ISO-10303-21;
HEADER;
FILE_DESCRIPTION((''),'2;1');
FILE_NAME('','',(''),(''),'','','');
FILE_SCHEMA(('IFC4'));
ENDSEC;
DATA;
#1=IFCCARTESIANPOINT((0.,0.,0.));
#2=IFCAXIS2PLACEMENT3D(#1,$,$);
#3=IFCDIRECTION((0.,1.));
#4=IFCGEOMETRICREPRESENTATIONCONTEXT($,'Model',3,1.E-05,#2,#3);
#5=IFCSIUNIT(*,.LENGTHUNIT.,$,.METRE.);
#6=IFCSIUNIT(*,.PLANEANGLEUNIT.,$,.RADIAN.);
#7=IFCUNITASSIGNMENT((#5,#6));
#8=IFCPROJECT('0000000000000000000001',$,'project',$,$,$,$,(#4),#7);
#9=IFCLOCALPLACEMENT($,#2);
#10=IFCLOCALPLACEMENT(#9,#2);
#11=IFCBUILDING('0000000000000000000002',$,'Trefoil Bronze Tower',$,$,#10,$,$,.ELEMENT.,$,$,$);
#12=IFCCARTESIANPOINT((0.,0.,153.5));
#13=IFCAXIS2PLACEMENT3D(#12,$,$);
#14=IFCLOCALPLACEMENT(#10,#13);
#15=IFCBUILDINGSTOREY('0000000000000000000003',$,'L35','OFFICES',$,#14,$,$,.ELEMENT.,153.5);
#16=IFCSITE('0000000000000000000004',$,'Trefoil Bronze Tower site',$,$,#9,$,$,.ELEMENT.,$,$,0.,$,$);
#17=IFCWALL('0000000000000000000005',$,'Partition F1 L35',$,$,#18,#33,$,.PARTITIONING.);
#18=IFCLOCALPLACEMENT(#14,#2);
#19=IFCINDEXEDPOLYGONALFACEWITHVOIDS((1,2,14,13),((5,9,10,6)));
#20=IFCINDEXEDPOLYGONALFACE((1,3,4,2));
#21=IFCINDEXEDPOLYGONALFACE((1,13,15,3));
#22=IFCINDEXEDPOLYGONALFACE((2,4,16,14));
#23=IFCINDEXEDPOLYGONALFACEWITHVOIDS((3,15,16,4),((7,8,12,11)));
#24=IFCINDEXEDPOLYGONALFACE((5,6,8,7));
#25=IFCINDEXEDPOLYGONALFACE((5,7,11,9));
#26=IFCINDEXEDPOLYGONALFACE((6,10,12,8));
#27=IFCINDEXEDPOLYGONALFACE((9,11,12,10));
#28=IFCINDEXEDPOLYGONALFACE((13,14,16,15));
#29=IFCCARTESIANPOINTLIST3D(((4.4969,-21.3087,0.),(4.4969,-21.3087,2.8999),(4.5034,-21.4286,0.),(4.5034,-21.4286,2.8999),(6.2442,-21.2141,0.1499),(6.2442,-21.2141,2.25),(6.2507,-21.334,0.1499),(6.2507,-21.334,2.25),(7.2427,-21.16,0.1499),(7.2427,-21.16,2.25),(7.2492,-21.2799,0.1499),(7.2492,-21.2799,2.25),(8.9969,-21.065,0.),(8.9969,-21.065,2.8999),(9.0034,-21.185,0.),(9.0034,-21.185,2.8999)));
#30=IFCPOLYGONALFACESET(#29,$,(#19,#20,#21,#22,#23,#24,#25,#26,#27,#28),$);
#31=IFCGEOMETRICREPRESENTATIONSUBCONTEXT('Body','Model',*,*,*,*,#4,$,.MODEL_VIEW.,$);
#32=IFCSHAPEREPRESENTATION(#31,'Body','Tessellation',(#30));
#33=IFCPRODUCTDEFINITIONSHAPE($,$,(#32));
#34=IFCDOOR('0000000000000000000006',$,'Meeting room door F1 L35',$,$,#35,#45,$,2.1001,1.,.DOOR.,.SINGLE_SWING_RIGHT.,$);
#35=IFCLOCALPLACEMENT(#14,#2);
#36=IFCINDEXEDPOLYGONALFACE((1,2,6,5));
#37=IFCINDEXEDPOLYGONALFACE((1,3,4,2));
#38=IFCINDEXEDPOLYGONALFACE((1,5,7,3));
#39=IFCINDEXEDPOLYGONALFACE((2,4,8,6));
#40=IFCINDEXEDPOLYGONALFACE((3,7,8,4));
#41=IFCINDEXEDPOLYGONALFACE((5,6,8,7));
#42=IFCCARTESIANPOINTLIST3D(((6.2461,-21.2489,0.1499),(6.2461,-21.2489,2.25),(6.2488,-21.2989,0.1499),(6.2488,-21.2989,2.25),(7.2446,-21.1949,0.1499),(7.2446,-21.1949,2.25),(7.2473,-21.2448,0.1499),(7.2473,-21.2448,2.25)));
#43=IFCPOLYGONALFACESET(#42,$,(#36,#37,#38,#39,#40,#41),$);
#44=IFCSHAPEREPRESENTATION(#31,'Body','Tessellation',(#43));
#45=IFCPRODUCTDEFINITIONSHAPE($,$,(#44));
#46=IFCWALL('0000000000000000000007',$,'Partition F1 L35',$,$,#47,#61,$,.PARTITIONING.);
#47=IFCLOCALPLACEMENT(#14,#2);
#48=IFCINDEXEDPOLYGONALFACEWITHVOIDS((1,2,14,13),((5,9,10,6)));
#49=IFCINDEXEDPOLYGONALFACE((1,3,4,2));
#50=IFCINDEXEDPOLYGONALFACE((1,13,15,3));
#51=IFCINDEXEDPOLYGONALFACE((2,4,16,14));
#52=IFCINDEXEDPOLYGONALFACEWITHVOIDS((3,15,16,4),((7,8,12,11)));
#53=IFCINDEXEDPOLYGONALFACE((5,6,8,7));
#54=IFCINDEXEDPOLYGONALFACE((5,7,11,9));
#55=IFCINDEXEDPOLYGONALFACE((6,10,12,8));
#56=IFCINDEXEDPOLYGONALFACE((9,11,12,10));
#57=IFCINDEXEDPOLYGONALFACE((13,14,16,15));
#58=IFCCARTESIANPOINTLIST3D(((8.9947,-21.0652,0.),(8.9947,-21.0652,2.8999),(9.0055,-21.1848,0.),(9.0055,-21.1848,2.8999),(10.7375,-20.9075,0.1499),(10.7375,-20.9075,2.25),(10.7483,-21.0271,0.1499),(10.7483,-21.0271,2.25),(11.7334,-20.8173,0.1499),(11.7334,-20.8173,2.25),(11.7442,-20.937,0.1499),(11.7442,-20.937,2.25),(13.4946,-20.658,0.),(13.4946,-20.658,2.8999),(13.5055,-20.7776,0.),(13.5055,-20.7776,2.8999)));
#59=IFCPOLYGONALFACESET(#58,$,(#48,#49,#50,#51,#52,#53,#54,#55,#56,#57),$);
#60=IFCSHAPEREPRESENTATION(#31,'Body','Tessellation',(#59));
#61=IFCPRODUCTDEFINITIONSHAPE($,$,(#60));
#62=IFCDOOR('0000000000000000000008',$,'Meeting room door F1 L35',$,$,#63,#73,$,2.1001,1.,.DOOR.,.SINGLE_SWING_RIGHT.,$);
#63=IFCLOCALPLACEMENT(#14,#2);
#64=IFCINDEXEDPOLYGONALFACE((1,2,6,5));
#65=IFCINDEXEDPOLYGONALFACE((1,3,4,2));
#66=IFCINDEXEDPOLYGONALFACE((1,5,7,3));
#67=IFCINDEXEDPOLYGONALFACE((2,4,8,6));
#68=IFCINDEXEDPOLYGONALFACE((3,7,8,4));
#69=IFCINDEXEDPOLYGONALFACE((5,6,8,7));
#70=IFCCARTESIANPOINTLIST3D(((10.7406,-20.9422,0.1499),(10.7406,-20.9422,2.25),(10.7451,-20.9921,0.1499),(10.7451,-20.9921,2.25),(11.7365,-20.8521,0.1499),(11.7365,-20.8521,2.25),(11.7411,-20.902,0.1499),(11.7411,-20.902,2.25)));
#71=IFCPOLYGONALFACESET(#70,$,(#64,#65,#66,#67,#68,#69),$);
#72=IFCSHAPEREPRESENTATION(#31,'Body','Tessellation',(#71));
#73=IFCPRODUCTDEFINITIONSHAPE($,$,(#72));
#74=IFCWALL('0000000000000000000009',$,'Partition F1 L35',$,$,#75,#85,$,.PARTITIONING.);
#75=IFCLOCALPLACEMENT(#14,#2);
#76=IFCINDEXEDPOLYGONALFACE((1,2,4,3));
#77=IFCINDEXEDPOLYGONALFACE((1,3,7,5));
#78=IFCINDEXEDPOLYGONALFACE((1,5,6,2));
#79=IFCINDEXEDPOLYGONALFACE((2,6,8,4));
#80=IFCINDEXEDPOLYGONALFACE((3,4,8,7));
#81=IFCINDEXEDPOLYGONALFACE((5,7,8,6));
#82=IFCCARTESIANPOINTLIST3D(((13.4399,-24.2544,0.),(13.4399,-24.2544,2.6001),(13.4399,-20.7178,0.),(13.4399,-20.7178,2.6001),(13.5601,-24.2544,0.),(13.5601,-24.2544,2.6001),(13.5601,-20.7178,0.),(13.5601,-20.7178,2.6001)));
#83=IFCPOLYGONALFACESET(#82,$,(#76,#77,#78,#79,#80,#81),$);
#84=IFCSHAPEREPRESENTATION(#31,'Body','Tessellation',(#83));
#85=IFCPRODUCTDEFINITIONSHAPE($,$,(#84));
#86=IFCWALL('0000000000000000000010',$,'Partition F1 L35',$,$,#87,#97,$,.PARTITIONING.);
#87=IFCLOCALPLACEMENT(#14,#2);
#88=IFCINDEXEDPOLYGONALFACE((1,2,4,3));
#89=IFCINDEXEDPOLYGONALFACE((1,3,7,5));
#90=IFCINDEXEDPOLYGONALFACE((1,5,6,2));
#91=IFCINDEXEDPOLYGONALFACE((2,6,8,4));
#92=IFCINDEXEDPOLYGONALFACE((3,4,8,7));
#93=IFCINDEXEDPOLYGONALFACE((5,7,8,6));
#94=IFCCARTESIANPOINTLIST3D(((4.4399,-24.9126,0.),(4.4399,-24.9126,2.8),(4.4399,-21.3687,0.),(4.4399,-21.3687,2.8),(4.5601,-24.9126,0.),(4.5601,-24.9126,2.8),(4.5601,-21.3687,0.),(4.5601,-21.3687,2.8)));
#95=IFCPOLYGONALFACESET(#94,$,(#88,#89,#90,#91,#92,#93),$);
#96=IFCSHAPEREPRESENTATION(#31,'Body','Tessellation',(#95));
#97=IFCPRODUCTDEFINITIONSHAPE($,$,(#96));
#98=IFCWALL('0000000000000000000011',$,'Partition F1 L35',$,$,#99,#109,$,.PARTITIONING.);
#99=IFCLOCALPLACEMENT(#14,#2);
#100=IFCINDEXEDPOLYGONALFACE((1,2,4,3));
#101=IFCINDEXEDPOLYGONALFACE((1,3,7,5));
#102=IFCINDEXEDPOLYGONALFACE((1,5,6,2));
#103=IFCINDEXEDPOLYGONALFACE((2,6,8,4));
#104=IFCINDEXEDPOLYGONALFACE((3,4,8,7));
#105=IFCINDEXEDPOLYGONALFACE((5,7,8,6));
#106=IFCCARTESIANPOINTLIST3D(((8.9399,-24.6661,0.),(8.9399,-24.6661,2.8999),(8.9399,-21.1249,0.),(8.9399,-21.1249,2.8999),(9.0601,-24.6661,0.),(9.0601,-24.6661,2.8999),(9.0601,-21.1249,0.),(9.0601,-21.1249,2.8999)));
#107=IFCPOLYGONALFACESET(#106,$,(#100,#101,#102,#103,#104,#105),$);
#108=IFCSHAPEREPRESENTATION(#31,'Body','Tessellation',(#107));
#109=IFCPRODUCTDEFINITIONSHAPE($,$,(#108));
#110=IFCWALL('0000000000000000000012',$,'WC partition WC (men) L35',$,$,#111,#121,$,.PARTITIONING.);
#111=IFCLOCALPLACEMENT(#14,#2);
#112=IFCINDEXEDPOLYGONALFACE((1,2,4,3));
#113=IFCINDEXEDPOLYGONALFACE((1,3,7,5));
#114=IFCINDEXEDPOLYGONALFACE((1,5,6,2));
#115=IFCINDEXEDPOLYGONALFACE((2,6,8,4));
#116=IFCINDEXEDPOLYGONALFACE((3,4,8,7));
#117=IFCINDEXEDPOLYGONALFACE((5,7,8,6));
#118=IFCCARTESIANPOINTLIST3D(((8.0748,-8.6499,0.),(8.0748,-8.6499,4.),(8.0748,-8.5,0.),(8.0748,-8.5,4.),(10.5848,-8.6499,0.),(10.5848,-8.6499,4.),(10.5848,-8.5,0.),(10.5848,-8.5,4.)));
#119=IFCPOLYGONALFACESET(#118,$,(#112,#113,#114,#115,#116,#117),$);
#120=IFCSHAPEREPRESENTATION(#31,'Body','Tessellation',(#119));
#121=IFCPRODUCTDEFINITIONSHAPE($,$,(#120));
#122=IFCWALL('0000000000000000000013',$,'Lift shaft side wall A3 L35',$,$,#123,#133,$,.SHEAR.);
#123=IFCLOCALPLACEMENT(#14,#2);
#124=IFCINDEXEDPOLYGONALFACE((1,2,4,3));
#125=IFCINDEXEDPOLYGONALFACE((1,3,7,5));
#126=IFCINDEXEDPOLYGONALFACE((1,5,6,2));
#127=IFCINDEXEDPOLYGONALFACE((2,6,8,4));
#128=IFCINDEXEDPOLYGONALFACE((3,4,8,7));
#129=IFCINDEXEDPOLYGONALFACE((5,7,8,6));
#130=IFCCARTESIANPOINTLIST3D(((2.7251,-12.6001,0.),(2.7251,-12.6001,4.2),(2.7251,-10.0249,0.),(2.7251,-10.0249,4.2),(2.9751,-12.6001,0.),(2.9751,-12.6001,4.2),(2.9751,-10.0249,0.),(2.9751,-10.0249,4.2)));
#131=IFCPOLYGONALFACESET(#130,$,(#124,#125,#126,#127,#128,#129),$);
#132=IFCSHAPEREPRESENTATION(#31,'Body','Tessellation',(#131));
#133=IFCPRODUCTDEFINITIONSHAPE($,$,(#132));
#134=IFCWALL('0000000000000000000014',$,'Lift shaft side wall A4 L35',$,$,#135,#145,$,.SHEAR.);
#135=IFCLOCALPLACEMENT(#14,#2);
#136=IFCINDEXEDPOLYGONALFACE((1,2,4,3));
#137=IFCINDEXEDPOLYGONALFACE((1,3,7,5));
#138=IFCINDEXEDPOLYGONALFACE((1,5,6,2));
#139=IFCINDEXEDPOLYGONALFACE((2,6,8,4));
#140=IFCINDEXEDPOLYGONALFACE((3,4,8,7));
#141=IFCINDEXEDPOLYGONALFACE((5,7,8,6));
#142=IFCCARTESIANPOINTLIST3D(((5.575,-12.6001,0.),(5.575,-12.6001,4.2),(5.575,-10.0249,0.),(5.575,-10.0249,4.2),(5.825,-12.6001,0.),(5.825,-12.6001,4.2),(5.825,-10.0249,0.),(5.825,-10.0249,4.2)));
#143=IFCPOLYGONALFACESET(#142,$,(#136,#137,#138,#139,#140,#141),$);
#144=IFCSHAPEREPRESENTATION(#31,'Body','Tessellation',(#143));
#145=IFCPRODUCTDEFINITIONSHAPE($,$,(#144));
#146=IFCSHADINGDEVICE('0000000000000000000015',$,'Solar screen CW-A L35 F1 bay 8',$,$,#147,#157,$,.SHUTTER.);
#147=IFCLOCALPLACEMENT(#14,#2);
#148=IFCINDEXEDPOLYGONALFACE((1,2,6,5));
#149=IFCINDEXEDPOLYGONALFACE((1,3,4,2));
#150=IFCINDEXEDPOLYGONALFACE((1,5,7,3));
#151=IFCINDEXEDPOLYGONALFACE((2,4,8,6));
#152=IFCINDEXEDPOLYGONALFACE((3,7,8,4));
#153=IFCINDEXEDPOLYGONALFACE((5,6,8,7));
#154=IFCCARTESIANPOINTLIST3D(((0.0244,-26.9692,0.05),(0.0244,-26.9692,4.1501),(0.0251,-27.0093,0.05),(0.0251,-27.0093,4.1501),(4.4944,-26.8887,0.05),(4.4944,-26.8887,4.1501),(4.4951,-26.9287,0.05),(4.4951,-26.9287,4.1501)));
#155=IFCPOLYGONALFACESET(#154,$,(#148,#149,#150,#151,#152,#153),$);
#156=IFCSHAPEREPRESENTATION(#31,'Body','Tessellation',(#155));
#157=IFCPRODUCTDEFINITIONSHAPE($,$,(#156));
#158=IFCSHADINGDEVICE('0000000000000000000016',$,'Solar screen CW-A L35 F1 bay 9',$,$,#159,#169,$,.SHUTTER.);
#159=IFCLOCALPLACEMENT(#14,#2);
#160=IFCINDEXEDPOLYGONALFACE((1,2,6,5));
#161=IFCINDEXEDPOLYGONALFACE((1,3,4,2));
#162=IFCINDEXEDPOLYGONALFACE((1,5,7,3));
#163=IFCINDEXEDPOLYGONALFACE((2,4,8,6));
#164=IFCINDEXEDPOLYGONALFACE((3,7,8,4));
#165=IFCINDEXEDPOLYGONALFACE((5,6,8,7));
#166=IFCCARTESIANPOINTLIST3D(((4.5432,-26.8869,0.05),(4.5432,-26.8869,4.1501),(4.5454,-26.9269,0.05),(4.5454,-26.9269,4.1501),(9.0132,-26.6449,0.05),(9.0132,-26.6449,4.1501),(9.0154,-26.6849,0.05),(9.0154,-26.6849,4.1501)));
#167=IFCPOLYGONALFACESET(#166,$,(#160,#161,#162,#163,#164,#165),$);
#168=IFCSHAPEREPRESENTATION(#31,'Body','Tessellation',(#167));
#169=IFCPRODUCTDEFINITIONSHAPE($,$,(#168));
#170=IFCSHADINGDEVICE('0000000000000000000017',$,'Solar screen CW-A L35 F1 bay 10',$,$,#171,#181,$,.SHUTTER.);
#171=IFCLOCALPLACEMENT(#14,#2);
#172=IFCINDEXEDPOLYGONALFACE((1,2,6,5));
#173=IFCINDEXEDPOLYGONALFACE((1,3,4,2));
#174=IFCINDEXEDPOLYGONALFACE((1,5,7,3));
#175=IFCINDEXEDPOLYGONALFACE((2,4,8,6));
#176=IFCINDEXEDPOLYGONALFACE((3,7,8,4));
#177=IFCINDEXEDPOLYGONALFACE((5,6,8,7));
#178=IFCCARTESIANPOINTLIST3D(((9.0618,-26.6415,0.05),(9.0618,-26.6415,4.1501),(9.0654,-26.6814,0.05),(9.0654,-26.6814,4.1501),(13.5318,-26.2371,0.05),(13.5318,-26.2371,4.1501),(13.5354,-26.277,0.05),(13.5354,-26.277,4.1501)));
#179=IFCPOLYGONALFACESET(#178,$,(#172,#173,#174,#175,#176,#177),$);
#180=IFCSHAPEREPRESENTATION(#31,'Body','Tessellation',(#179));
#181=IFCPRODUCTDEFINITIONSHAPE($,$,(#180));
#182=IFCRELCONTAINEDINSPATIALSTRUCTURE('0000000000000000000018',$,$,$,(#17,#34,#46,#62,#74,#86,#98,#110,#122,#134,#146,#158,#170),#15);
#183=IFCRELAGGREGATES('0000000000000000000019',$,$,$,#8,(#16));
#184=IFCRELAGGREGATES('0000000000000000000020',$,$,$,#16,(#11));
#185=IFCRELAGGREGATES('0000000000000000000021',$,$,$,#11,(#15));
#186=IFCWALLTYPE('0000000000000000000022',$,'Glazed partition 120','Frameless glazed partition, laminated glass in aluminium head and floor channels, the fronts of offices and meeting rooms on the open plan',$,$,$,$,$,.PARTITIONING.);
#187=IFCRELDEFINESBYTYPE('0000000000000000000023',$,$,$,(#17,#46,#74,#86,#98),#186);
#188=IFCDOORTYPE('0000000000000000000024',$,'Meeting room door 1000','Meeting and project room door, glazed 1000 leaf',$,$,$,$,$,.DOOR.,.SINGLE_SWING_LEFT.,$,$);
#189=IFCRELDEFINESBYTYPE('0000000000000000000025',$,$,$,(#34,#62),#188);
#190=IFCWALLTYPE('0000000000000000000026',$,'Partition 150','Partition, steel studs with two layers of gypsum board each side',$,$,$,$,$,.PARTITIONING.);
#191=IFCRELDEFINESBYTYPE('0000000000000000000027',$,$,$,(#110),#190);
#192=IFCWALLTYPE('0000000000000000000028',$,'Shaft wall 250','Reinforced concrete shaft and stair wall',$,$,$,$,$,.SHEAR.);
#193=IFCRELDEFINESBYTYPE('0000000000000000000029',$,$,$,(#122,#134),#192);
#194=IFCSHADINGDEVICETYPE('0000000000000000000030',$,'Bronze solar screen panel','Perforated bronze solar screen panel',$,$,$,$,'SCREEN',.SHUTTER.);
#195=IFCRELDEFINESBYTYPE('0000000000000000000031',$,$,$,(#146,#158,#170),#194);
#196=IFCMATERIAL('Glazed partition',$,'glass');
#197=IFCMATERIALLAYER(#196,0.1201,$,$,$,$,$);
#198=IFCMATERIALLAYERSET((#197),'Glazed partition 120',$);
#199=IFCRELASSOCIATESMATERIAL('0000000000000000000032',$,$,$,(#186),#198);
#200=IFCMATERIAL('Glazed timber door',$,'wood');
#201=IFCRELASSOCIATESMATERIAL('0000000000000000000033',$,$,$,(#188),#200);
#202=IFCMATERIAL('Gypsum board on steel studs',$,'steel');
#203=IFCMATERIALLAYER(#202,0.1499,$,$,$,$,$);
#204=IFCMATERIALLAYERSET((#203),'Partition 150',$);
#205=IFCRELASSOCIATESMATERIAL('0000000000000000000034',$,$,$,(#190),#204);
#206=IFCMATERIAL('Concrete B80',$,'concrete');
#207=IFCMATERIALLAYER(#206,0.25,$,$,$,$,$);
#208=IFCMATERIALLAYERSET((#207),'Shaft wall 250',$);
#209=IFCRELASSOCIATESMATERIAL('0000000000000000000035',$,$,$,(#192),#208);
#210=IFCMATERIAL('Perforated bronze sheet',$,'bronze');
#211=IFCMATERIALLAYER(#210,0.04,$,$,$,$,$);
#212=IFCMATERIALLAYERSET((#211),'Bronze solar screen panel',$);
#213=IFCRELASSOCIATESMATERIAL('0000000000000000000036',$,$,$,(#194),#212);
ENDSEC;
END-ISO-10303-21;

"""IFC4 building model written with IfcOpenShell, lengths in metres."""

from ifc_helpers import new_model, si_unit, direction, frame, frame_2d, origin, origin_2d, place, context, subcontext, project, spatial, rectangle, extrude, material, layer, layer_set, type_object, element, fill, save


model = new_model("IFC4")

# Units and contexts
model_context = context("Model", 3, precision=1e-05, world=origin(), true_north=direction((0.0, 1.0)))
body_context = subcontext(model_context, "Body", "Model", "MODEL_VIEW")
ifc_project = project(units=[si_unit("LENGTHUNIT", "METRE"), si_unit("PLANEANGLEUNIT", "RADIAN")], contexts=[model_context])

# Site, building, storey
site_placement = place(None, origin())
site = spatial("IfcSite", under=ifc_project, at=site_placement, Name="Trefoil Bronze Tower site", CompositionType="ELEMENT", RefElevation=0.0)
building_placement = place(site_placement, origin())
building = spatial("IfcBuilding", under=site, at=building_placement, Name="Trefoil Bronze Tower", CompositionType="ELEMENT")
storey_placement = place(building_placement, frame((0.0, 0.0, 153.5)))
storey = spatial("IfcBuildingStorey", under=building, at=storey_placement, Name="L35", Description="OFFICES", CompositionType="ELEMENT", Elevation=153.5)

# Walls, openings, doors
ifc_material_1 = material(Name="Glazed partition", Category="glass")
ifc_layer_1 = layer(ifc_material_1, 0.1201)
ifc_layer_set_1 = layer_set([ifc_layer_1], Name="Glazed partition 120")
wall_type_1 = type_object("IfcWallType", Name="Glazed partition 120", Description="Frameless glazed partition, laminated glass in aluminium head and floor channels, the fronts of offices and meeting rooms on the open plan", PredefinedType="PARTITIONING", material=ifc_layer_set_1)
wall_1_placement = place(storey_placement, frame((4.5, -21.3687, 0.0), z_axis=(0.0, 0.0, 1.0), x_axis=(0.998537, 0.054066, 0.0)))
wall_1 = element("IfcWall", 1, at=wall_1_placement, inside=storey, type_object=wall_type_1, Name="Partition F1 L35", PredefinedType="PARTITIONING", context=body_context, shape_type="SweptSolid", body=[
    extrude(rectangle(XDim=4.5066, YDim=0.1201, at=frame_2d((2.2534, 0.0))), origin(), (0.0, 0.0, 1.0), 2.8999),
])
opening_1_placement = place(wall_1_placement, frame((1.75, 0.0, 0.1499)))
opening_1 = element("IfcOpeningElement", 2, at=opening_1_placement, cuts=wall_1, PredefinedType="OPENING", context=body_context, shape_type="SweptSolid", body=[
    extrude(rectangle(XDim=1.0, YDim=2.1001, at=frame_2d((0.5, 1.05))), frame((0.0, 0.0701, 0.0), z_axis=(0.0, -1.0, 0.0), x_axis=(1.0, 0.0, 0.0)), (0.0, 0.0, 1.0), 0.1401),
])
ifc_material_2 = material(Name="Glazed timber door", Category="wood")
door_type = type_object("IfcDoorType", Name="Meeting room door 1000", Description="Meeting and project room door, glazed 1000 leaf", OperationType="SINGLE_SWING_LEFT", PredefinedType="DOOR", material=ifc_material_2)
door_1_placement = place(opening_1_placement, frame((1.0, 0.0, 0.0), z_axis=(0.0, 0.0, 1.0), x_axis=(-1.0, 0.0, 0.0)))
door_1 = element("IfcDoor", 3, at=door_1_placement, inside=storey, type_object=door_type, Name="Meeting room door F1 L35", OperationType="SINGLE_SWING_RIGHT", OverallHeight=2.1001, OverallWidth=1.0, PredefinedType="DOOR", context=body_context, shape_type="SweptSolid", body=[
    extrude(rectangle(XDim=1.0, YDim=2.1001, at=frame_2d((0.5, 1.05))), frame((0.0, 0.0249, 0.0), z_axis=(0.0, -1.0, 0.0), x_axis=(1.0, 0.0, 0.0)), (0.0, 0.0, 1.0), 0.05),
])
fill(opening_1, door_1)
wall_2_placement = place(storey_placement, frame((9.0, -21.125, 0.0), z_axis=(0.0, 0.0, 1.0), x_axis=(0.99593, 0.090127, 0.0)))
wall_2 = element("IfcWall", 4, at=wall_2_placement, inside=storey, type_object=wall_type_1, Name="Partition F1 L35", PredefinedType="PARTITIONING", context=body_context, shape_type="SweptSolid", body=[
    extrude(rectangle(XDim=4.5183, YDim=0.1201, at=frame_2d((2.2593, 0.0))), origin(), (0.0, 0.0, 1.0), 2.8999),
])
opening_2_placement = place(wall_2_placement, frame((1.75, 0.0, 0.1499)))
opening_2 = element("IfcOpeningElement", 5, at=opening_2_placement, cuts=wall_2, PredefinedType="OPENING", context=body_context, shape_type="SweptSolid", body=[
    extrude(rectangle(XDim=1.0, YDim=2.1001, at=frame_2d((0.5, 1.05))), frame((0.0, 0.0701, 0.0), z_axis=(0.0, -1.0, 0.0), x_axis=(1.0, 0.0, 0.0)), (0.0, 0.0, 1.0), 0.1401),
])
door_2_placement = place(opening_2_placement, frame((1.0, 0.0, 0.0), z_axis=(0.0, 0.0, 1.0), x_axis=(-1.0, 0.0, 0.0)))
door_2 = element("IfcDoor", 6, at=door_2_placement, inside=storey, type_object=door_type, Name="Meeting room door F1 L35", OperationType="SINGLE_SWING_RIGHT", OverallHeight=2.1001, OverallWidth=1.0, PredefinedType="DOOR", context=body_context, shape_type="SweptSolid", body=[
    extrude(rectangle(XDim=1.0, YDim=2.1001, at=frame_2d((0.5, 1.05))), frame((0.0, 0.0249, 0.0), z_axis=(0.0, -1.0, 0.0), x_axis=(1.0, 0.0, 0.0)), (0.0, 0.0, 1.0), 0.05),
])
fill(opening_2, door_2)

# Walls
wall_3_placement = place(storey_placement, frame((13.5, -20.7178, 0.0), z_axis=(0.0, 0.0, 1.0), x_axis=(0.0, -1.0, 0.0)))
element("IfcWall", 7, at=wall_3_placement, inside=storey, type_object=wall_type_1, Name="Partition F1 L35", PredefinedType="PARTITIONING", context=body_context, shape_type="SweptSolid", body=[
    extrude(rectangle(XDim=3.5366, YDim=0.1201, at=frame_2d((1.7683, 0.0))), origin(), (0.0, 0.0, 1.0), 2.6001),
])
wall_4_placement = place(storey_placement, frame((4.5, -21.3687, 0.0), z_axis=(0.0, 0.0, 1.0), x_axis=(0.0, -1.0, 0.0)))
element("IfcWall", 8, at=wall_4_placement, inside=storey, type_object=wall_type_1, Name="Partition F1 L35", PredefinedType="PARTITIONING", context=body_context, shape_type="SweptSolid", body=[
    extrude(rectangle(XDim=3.5439, YDim=0.1201, at=frame_2d((1.772, 0.0))), origin(), (0.0, 0.0, 1.0), 2.8),
])
wall_5_placement = place(storey_placement, frame((9.0, -21.125, 0.0), z_axis=(0.0, 0.0, 1.0), x_axis=(0.0, -1.0, 0.0)))
element("IfcWall", 9, at=wall_5_placement, inside=storey, type_object=wall_type_1, Name="Partition F1 L35", PredefinedType="PARTITIONING", context=body_context, shape_type="SweptSolid", body=[
    extrude(rectangle(XDim=3.5413, YDim=0.1201, at=frame_2d((1.7705, 0.0))), origin(), (0.0, 0.0, 1.0), 2.8999),
])
ifc_material_3 = material(Name="Gypsum board on steel studs", Category="steel")
ifc_layer_2 = layer(ifc_material_3, 0.1499)
ifc_layer_set_2 = layer_set([ifc_layer_2], Name="Partition 150")
wall_type_2 = type_object("IfcWallType", Name="Partition 150", Description="Partition, steel studs with two layers of gypsum board each side", PredefinedType="PARTITIONING", material=ifc_layer_set_2)
wall_6_placement = place(storey_placement, frame((8.075, -8.575, 0.0), z_axis=(0.0, 0.0, 1.0), x_axis=(1.0, 0.0, 0.0)))
element("IfcWall", 10, at=wall_6_placement, inside=storey, type_object=wall_type_2, Name="WC partition WC (men) L35", PredefinedType="PARTITIONING", context=body_context, shape_type="SweptSolid", body=[
    extrude(rectangle(XDim=2.51, YDim=0.1499, at=frame_2d((1.2549, 0.0))), origin(), (0.0, 0.0, 1.0), 4.0),
])
ifc_material_4 = material(Name="Concrete B80", Category="concrete")
ifc_layer_3 = layer(ifc_material_4, 0.25)
ifc_layer_set_3 = layer_set([ifc_layer_3], Name="Shaft wall 250")
wall_type_3 = type_object("IfcWallType", Name="Shaft wall 250", Description="Reinforced concrete shaft and stair wall", PredefinedType="SHEAR", material=ifc_layer_set_3)
for number, where, z_axis, x_axis, name in (
    (11, (2.8501, -10.0249, 0.0), (0.0, 0.0, 1.0), (0.0, -1.0, 0.0), "Lift shaft side wall A3 L35"),
    (12, (5.7, -10.0249, 0.0), (0.0, 0.0, 1.0), (0.0, -1.0, 0.0), "Lift shaft side wall A4 L35"),
):
    element("IfcWall", number, at=place(storey_placement, frame(where, z_axis=z_axis, x_axis=x_axis)), inside=storey, type_object=wall_type_3, Name=name, PredefinedType="SHEAR", context=body_context, shape_type="SweptSolid", body=[
        extrude(rectangle(XDim=2.5752, YDim=0.25, at=frame_2d((1.2876, 0.0))), origin(), (0.0, 0.0, 1.0), 4.2),
    ])

# Shading devices
ifc_material_5 = material(Name="Perforated bronze sheet", Category="bronze")
ifc_layer_4 = layer(ifc_material_5, 0.04)
ifc_layer_set_4 = layer_set([ifc_layer_4], Name="Bronze solar screen panel")
shading_device_type = type_object("IfcShadingDeviceType", Name="Bronze solar screen panel", Description="Perforated bronze solar screen panel", ElementType="SCREEN", PredefinedType="SHUTTER", material=ifc_layer_set_4)
shading_device_1_placement = place(storey_placement, frame((2.2598, -26.949, 0.05), z_axis=(0.0, 0.0, 1.0), x_axis=(0.999838, 0.018021, 0.0)))
element("IfcShadingDevice", 13, at=shading_device_1_placement, inside=storey, type_object=shading_device_type, Name="Solar screen CW-A L35 F1 bay 8", PredefinedType="SHUTTER", context=body_context, shape_type="SweptSolid", body=[
    extrude(rectangle(XDim=4.4707, YDim=0.04, at=origin_2d()), origin(), (0.0, 0.0, 1.0), 4.1001),
])
shading_device_2_placement = place(storey_placement, frame((6.7793, -26.7859, 0.05), z_axis=(0.0, 0.0, 1.0), x_axis=(0.998538, 0.054063, 0.0)))
element("IfcShadingDevice", 14, at=shading_device_2_placement, inside=storey, type_object=shading_device_type, Name="Solar screen CW-A L35 F1 bay 9", PredefinedType="SHUTTER", context=body_context, shape_type="SweptSolid", body=[
    extrude(rectangle(XDim=4.4766, YDim=0.04, at=origin_2d()), origin(), (0.0, 0.0, 1.0), 4.1001),
])
shading_device_3_placement = place(storey_placement, frame((11.2986, -26.4592, 0.05), z_axis=(0.0, 0.0, 1.0), x_axis=(0.995932, 0.090105, 0.0)))
element("IfcShadingDevice", 15, at=shading_device_3_placement, inside=storey, type_object=shading_device_type, Name="Solar screen CW-A L35 F1 bay 10", PredefinedType="SHUTTER", context=body_context, shape_type="SweptSolid", body=[
    extrude(rectangle(XDim=4.4883, YDim=0.04, at=origin_2d()), origin(), (0.0, 0.0, 1.0), 4.1001),
])

save(model, "model.ifc")
